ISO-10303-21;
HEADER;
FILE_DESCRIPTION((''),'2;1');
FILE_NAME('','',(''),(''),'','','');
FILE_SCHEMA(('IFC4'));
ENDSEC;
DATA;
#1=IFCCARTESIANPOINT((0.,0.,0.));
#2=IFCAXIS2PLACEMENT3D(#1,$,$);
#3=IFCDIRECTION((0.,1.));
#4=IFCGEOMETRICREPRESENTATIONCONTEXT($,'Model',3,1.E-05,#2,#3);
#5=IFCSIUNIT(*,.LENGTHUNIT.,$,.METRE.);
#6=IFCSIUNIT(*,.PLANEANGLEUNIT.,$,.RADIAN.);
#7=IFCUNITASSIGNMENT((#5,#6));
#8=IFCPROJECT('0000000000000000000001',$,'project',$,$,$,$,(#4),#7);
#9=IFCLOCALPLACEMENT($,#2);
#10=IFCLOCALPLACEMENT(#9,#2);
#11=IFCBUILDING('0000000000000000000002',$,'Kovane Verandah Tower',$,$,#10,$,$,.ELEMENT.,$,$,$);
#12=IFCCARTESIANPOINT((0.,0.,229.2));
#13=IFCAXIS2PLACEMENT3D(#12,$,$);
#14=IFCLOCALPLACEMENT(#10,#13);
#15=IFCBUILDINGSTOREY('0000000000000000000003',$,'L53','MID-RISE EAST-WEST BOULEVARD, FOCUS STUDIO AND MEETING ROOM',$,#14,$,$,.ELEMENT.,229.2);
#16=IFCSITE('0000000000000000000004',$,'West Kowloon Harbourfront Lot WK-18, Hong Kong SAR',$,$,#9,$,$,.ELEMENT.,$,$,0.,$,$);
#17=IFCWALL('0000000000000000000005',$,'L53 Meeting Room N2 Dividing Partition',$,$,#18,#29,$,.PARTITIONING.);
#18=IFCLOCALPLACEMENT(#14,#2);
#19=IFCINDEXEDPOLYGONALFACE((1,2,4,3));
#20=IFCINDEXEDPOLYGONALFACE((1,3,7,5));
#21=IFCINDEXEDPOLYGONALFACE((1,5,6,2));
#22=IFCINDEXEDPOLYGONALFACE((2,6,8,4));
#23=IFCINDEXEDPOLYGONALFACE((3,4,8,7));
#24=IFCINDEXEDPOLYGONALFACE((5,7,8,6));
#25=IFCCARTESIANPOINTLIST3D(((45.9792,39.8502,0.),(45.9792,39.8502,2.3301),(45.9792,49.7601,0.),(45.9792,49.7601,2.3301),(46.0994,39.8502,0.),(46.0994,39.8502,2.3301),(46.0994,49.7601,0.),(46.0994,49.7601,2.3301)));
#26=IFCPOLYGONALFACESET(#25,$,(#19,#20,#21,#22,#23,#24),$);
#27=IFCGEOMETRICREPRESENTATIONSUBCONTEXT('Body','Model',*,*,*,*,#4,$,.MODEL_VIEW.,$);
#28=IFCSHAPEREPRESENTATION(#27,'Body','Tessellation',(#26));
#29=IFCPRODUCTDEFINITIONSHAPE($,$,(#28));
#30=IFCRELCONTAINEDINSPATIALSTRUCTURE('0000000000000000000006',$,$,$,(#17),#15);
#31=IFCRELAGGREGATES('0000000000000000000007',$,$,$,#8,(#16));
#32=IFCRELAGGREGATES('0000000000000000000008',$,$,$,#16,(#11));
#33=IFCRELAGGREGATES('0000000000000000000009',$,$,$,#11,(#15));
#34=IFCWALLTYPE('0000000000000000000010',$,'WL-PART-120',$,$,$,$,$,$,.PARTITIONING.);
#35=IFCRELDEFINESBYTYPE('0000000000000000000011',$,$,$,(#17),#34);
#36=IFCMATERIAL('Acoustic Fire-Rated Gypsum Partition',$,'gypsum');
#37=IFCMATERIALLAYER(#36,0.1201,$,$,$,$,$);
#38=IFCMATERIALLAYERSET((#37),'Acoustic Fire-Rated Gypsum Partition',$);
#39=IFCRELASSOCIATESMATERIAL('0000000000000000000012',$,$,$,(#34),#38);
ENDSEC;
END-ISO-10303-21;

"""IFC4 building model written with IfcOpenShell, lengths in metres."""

from ifc_helpers import new_model, si_unit, direction, frame, frame_2d, origin, place, context, subcontext, project, spatial, rectangle, extrude, material, layer, layer_set, type_object, element, save


model = new_model("IFC4")

# Units and contexts
model_context = context("Model", 3, precision=1e-05, world=origin(), true_north=direction((0.0, 1.0)))
body_context = subcontext(model_context, "Body", "Model", "MODEL_VIEW")
ifc_project = project(units=[si_unit("LENGTHUNIT", "METRE"), si_unit("PLANEANGLEUNIT", "RADIAN")], contexts=[model_context])

# Site, building, storey
site_placement = place(None, origin())
site = spatial("IfcSite", under=ifc_project, at=site_placement, Name="West Kowloon Harbourfront Lot WK-18, Hong Kong SAR", CompositionType="ELEMENT", RefElevation=0.0)
building_placement = place(site_placement, origin())
building = spatial("IfcBuilding", under=site, at=building_placement, Name="Kovane Verandah Tower", CompositionType="ELEMENT")
storey_placement = place(building_placement, frame((0.0, 0.0, 229.2)))
storey = spatial("IfcBuildingStorey", under=building, at=storey_placement, Name="L53", Description="MID-RISE EAST-WEST BOULEVARD, FOCUS STUDIO AND MEETING ROOM", CompositionType="ELEMENT", Elevation=229.2)

# Wall
ifc_material_1 = material(Name="Acoustic Fire-Rated Gypsum Partition", Category="gypsum")
ifc_layer_1 = layer(ifc_material_1, 0.1201)
ifc_layer_set_1 = layer_set([ifc_layer_1], Name="Acoustic Fire-Rated Gypsum Partition")
wall_type_1 = type_object("IfcWallType", Name="WL-PART-120", PredefinedType="PARTITIONING", material=ifc_layer_set_1)
wall_1_placement = place(storey_placement, frame((46.0393, 39.8501, 0.0), z_axis=(0.0, 0.0, 1.0), x_axis=(0.0, 1.0, 0.0)))
element("IfcWall", 1, at=wall_1_placement, inside=storey, type_object=wall_type_1, Name="L53 Meeting Room N2 Dividing Partition", PredefinedType="PARTITIONING", context=body_context, shape_type="SweptSolid", body=[
    extrude(rectangle(XDim=9.9099, YDim=0.1201, at=frame_2d((4.9551, 0.0))), origin(), (0.0, 0.0, 1.0), 2.3301),
])

save(model, "model.ifc")
